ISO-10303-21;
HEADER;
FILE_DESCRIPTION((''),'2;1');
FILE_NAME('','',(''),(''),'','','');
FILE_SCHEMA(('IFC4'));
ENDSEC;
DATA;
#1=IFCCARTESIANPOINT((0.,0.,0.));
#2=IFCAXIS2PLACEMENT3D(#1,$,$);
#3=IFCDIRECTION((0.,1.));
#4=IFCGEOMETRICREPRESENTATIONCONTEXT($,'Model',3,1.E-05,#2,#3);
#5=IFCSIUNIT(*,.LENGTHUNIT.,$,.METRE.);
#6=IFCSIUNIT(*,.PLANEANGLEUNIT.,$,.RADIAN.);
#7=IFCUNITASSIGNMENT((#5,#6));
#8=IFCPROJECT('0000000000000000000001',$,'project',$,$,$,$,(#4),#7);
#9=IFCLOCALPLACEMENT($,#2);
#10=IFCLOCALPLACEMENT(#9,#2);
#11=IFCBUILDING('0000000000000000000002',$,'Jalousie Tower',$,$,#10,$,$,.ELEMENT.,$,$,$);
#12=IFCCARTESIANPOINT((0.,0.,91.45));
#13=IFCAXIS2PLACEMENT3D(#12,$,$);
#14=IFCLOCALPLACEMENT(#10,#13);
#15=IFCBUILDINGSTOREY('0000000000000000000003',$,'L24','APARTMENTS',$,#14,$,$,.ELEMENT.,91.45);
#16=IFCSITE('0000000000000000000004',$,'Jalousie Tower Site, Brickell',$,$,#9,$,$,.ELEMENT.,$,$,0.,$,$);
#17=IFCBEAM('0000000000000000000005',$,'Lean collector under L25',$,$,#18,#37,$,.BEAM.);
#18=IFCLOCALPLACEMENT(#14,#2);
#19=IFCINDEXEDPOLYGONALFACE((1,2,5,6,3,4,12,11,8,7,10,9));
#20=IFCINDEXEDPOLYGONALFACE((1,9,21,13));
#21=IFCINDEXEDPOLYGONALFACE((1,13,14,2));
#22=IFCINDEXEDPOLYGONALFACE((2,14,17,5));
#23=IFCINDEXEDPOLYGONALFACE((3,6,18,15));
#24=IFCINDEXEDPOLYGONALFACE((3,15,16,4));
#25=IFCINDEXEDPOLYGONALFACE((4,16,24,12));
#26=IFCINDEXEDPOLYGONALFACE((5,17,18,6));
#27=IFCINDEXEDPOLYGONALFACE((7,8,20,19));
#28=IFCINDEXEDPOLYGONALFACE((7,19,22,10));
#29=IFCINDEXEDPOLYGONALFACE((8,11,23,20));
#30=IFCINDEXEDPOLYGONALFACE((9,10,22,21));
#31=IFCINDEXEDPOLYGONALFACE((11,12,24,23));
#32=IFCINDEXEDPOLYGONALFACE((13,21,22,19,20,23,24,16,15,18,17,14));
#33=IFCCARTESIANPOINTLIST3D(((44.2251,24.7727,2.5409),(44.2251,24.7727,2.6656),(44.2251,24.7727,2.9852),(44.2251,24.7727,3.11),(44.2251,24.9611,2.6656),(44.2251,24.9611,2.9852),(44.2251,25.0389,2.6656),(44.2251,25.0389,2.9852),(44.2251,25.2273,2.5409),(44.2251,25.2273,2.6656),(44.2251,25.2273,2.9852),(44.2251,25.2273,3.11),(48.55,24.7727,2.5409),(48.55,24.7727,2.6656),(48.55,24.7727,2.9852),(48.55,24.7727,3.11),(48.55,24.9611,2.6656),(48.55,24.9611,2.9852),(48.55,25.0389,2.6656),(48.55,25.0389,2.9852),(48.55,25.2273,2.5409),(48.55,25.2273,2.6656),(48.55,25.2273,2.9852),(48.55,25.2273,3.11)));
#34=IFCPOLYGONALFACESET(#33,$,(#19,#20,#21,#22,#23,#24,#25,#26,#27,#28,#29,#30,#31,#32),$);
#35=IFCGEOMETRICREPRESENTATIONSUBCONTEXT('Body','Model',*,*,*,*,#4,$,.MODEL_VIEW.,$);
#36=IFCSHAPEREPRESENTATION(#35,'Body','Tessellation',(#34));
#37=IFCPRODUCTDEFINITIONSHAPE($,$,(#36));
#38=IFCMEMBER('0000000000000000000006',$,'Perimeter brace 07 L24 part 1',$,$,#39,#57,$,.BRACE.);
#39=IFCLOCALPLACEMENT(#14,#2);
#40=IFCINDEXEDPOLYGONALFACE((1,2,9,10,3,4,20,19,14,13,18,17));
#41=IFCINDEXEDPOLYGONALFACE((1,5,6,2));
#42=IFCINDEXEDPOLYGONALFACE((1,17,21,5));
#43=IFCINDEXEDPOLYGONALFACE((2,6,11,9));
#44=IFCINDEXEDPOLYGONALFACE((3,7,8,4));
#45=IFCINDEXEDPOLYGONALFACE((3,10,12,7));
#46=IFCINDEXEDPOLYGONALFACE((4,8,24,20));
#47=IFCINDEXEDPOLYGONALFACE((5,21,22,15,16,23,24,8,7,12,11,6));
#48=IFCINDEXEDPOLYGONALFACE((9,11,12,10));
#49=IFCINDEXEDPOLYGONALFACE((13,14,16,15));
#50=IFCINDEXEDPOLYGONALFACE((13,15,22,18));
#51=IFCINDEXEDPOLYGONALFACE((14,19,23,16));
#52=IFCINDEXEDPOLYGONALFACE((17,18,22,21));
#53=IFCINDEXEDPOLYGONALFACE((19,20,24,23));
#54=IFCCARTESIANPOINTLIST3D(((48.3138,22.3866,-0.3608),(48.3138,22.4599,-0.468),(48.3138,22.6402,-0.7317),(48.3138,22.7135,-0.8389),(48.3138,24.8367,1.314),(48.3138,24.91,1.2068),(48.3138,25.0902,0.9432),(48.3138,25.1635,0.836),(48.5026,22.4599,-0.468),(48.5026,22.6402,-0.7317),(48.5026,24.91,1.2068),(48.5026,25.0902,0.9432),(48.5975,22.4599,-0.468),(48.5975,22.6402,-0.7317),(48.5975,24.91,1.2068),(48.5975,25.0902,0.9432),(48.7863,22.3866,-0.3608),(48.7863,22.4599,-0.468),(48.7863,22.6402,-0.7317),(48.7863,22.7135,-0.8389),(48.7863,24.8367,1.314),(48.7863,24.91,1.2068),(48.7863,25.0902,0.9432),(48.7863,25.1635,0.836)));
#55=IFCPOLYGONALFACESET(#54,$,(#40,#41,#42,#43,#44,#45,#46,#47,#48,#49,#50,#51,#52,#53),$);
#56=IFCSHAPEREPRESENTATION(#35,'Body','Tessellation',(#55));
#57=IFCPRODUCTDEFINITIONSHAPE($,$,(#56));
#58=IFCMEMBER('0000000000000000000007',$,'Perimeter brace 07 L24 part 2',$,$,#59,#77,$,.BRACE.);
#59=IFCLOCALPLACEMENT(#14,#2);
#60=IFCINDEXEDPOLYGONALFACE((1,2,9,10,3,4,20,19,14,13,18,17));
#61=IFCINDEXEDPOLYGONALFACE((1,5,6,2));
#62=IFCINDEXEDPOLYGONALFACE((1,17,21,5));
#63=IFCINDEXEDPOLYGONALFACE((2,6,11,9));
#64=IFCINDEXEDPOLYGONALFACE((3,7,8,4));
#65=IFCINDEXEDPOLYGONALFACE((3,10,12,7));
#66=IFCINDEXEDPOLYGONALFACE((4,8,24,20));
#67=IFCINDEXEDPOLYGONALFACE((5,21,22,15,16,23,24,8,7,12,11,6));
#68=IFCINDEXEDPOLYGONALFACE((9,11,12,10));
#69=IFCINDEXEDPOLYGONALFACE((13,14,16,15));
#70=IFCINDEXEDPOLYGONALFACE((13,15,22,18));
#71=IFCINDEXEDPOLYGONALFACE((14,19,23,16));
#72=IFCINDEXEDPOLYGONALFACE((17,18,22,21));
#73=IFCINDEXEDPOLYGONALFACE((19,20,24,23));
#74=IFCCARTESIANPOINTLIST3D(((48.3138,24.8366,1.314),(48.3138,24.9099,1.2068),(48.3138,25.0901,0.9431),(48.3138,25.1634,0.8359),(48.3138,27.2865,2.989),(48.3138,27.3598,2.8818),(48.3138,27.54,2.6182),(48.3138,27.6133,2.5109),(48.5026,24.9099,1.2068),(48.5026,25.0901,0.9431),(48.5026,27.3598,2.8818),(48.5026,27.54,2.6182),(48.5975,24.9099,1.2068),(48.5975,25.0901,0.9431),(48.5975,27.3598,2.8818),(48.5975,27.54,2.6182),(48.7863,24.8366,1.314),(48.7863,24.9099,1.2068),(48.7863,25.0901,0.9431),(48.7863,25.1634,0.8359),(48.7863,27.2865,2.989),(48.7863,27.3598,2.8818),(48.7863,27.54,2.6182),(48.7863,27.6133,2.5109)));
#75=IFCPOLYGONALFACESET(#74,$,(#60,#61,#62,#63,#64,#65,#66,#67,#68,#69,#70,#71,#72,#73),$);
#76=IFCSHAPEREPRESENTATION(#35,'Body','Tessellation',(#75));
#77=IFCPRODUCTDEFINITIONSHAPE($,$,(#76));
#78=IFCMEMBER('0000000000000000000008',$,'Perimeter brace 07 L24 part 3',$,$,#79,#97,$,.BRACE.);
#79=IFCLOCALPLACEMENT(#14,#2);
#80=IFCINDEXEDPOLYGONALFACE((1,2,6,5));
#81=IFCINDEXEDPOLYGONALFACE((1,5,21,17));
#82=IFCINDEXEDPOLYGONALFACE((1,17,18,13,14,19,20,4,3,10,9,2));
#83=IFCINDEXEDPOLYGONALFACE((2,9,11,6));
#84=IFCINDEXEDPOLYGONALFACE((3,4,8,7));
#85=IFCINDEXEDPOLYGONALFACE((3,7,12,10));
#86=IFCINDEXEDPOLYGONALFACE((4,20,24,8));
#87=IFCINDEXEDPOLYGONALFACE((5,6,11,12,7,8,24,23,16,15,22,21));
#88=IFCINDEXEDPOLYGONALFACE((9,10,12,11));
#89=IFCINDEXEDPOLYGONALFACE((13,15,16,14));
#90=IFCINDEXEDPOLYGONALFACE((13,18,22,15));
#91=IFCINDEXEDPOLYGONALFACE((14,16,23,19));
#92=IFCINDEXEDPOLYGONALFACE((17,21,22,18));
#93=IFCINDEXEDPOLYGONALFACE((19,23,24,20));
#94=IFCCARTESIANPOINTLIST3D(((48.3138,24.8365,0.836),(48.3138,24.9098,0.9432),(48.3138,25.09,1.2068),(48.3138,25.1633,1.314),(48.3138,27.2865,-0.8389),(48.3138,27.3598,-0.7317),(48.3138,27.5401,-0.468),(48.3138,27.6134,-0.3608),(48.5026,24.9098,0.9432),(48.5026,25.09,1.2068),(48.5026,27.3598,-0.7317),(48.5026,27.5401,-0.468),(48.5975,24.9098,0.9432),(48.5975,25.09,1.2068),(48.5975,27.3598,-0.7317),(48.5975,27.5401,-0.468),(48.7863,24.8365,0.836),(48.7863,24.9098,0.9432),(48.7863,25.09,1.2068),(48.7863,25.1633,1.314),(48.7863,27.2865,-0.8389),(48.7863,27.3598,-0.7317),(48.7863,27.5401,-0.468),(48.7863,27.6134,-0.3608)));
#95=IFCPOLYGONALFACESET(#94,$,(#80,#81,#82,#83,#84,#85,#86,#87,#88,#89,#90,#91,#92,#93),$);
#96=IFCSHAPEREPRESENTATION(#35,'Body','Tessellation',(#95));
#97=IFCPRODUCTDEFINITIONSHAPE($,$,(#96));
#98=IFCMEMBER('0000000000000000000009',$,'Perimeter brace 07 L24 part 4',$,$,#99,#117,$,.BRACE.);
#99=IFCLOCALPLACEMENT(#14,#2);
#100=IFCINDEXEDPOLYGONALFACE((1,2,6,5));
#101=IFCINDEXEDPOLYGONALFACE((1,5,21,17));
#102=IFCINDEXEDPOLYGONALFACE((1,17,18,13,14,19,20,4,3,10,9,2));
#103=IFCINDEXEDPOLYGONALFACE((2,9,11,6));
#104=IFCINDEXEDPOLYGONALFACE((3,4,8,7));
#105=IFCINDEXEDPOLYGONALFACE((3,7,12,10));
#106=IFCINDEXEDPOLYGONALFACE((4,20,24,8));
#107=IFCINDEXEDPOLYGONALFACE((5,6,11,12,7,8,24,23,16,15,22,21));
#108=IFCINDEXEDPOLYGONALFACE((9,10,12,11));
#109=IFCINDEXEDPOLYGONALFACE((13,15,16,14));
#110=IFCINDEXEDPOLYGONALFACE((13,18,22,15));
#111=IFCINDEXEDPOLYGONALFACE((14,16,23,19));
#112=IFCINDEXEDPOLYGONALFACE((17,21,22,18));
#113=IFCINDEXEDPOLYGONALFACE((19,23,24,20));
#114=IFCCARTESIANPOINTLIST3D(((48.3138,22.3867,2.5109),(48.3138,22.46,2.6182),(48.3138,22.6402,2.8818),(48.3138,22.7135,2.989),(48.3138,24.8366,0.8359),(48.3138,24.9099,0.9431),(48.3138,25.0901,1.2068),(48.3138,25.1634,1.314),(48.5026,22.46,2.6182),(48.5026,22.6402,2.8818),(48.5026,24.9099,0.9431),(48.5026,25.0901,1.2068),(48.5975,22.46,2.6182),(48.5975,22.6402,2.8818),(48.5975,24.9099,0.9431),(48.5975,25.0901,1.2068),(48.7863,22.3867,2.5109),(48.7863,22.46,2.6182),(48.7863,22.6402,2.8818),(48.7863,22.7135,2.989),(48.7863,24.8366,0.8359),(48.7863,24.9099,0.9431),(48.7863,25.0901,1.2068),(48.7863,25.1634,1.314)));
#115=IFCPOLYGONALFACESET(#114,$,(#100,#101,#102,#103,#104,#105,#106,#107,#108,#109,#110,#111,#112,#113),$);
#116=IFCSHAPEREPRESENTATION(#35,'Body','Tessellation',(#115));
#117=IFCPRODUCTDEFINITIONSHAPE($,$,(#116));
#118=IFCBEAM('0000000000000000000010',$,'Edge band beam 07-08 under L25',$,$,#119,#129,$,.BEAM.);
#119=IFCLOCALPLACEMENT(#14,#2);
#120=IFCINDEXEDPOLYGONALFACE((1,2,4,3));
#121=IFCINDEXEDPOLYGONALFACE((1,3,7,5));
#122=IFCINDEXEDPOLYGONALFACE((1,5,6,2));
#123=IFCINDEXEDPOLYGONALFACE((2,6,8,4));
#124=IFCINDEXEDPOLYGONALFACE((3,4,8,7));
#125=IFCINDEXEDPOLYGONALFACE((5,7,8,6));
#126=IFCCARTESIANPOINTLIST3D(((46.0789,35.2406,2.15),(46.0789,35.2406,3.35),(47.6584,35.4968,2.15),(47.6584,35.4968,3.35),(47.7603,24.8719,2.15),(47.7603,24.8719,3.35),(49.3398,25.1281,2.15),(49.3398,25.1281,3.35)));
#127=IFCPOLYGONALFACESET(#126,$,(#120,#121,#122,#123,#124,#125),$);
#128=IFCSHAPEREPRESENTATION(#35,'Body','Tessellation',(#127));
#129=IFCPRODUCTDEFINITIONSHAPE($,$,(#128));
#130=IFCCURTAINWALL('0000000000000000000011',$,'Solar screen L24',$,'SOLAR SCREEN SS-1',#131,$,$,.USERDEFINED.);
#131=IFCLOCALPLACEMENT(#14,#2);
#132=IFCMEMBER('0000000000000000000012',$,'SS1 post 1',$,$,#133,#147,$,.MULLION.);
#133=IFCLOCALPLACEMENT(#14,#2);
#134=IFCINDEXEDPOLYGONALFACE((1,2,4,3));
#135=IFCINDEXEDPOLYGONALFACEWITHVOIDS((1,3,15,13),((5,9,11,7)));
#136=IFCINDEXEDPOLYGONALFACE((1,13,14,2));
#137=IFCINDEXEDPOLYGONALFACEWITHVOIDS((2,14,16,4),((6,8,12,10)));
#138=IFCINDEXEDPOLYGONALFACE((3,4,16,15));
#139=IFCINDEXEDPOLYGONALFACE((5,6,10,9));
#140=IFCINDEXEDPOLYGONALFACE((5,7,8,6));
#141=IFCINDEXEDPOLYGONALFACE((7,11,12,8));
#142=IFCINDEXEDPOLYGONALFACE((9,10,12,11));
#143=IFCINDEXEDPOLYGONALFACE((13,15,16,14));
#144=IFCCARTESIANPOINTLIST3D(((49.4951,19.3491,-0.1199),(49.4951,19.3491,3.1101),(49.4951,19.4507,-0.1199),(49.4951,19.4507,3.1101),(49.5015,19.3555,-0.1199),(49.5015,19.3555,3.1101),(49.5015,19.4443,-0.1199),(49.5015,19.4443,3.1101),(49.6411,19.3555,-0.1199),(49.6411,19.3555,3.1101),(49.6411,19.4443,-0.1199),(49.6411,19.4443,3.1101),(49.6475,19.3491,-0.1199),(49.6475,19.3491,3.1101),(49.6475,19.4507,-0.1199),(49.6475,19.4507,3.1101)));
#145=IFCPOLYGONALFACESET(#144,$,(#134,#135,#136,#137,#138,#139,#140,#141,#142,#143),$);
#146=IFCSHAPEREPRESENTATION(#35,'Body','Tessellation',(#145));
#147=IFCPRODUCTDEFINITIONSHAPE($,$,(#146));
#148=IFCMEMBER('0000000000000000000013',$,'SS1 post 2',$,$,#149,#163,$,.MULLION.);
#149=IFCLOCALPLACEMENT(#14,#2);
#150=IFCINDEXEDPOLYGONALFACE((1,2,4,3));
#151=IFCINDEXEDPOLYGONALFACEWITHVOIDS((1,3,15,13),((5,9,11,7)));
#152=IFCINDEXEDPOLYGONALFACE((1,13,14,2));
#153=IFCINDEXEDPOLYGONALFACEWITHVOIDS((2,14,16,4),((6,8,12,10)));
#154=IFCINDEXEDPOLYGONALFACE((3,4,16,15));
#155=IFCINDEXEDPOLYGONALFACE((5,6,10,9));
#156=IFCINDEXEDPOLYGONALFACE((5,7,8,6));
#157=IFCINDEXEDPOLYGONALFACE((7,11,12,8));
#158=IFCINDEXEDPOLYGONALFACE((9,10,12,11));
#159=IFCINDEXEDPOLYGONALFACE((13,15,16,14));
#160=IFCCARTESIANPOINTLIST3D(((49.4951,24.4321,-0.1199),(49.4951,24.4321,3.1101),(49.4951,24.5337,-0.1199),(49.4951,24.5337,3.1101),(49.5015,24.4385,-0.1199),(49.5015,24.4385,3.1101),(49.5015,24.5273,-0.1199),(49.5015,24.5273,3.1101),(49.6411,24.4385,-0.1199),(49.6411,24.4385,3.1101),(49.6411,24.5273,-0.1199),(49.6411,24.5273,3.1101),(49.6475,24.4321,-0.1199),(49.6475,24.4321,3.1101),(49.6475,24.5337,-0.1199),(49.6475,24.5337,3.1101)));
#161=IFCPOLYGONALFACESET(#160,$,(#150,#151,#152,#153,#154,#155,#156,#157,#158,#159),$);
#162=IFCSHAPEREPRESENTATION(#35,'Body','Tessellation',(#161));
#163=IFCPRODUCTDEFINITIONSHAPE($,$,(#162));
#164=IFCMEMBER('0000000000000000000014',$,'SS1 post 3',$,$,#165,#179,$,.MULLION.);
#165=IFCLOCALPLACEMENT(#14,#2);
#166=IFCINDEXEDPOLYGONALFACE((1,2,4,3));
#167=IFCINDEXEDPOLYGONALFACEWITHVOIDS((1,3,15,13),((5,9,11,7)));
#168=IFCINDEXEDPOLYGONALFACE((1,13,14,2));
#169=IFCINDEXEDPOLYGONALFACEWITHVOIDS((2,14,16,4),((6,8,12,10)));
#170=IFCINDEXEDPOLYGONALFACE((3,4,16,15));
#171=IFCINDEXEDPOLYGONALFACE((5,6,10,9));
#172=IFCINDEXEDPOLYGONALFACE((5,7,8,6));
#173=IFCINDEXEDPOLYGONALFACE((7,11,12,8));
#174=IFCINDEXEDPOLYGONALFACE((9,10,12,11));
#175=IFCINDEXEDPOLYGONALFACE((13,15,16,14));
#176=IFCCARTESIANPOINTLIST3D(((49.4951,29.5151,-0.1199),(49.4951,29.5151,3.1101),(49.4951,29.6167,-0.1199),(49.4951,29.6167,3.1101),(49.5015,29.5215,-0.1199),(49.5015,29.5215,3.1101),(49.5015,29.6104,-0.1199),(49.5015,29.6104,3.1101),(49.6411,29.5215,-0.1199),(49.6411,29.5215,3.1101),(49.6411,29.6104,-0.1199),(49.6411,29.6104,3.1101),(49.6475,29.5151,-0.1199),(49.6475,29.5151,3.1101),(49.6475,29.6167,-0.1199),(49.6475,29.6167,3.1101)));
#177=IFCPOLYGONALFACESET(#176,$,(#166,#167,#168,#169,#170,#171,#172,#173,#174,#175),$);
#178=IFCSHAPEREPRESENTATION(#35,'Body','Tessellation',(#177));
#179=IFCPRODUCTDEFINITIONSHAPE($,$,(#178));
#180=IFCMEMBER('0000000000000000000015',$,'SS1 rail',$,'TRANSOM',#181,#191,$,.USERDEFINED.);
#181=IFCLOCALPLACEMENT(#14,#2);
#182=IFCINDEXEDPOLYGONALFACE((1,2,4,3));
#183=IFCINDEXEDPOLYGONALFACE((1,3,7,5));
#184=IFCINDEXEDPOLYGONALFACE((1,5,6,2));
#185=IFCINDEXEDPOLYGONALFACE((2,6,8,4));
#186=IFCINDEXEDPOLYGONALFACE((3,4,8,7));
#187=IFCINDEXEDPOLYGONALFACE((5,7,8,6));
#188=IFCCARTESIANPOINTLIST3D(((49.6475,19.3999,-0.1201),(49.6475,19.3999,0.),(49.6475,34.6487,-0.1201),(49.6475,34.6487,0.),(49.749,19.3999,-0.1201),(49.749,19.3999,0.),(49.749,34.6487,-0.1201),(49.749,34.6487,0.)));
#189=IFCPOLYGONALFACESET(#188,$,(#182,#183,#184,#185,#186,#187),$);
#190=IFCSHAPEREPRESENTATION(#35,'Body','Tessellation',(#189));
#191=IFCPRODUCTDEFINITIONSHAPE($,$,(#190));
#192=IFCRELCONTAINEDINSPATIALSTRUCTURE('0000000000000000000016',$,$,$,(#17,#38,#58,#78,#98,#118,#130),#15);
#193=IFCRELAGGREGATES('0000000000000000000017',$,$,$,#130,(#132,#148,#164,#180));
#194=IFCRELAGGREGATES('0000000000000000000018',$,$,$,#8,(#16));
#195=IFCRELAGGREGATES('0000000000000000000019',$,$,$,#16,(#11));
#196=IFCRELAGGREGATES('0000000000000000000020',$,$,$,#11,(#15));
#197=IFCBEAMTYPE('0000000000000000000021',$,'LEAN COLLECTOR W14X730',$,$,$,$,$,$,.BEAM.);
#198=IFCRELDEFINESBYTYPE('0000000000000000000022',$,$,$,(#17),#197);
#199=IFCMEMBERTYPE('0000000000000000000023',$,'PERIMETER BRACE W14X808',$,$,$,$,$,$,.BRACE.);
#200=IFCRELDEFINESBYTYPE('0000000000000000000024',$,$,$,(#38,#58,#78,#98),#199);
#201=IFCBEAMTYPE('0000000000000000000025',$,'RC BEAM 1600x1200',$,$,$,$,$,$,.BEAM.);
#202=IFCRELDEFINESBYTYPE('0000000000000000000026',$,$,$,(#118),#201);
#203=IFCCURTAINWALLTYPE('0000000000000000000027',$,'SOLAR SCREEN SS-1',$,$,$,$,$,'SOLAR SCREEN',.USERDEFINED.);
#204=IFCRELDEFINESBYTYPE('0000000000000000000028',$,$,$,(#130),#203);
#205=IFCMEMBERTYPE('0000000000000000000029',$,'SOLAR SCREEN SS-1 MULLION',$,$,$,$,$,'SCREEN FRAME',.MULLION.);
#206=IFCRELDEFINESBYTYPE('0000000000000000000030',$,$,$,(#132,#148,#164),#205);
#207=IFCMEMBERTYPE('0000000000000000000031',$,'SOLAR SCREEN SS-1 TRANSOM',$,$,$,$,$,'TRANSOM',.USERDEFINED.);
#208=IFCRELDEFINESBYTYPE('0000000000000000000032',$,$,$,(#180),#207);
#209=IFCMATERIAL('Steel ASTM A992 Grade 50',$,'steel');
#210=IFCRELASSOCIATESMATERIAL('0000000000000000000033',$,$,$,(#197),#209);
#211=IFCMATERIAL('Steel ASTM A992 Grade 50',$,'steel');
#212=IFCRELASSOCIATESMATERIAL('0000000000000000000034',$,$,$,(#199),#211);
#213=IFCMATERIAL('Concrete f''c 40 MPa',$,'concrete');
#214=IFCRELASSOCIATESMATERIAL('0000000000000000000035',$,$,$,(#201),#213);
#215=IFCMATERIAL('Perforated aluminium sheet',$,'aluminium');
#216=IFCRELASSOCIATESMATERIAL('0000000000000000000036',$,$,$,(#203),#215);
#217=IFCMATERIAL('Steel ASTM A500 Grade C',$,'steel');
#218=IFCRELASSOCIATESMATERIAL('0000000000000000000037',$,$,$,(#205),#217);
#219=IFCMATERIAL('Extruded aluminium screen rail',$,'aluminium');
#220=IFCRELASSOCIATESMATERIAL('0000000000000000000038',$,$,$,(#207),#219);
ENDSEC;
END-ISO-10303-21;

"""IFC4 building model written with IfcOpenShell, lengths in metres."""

from ifc_helpers import new_model, si_unit, direction, frame, origin, origin_2d, place, context, subcontext, project, spatial, rectangle, hollow_rectangle, i_section, extrude, material, material_profile, profile_set, type_object, element, aggregate, save


model = new_model("IFC4")

# Units and contexts
model_context = context("Model", 3, precision=1e-05, world=origin(), true_north=direction((0.0, 1.0)))
body_context = subcontext(model_context, "Body", "Model", "MODEL_VIEW")
ifc_project = project(units=[si_unit("LENGTHUNIT", "METRE"), si_unit("PLANEANGLEUNIT", "RADIAN")], contexts=[model_context])

# Site, building, storey
site_placement = place(None, origin())
site = spatial("IfcSite", under=ifc_project, at=site_placement, Name="Jalousie Tower Site, Brickell", CompositionType="ELEMENT", RefElevation=0.0)
building_placement = place(site_placement, origin())
building = spatial("IfcBuilding", under=site, at=building_placement, Name="Jalousie Tower", CompositionType="ELEMENT")
storey_placement = place(building_placement, frame((0.0, 0.0, 91.45)))
storey = spatial("IfcBuildingStorey", under=building, at=storey_placement, Name="L24", Description="APARTMENTS", CompositionType="ELEMENT", Elevation=91.45)

# Beam
ifc_material_1 = material(Name="Steel ASTM A992 Grade 50", Category="steel")
ifc_material_profile_1 = material_profile(ifc_material_1, i_section(OverallWidth=0.4546, OverallDepth=0.5691, WebThickness=0.0779, FlangeThickness=0.1248, at=origin_2d()), Name="W14X730")
ifc_profile_set_1 = profile_set([ifc_material_profile_1], Name="Steel ASTM A992 Grade 50")
beam_type_1 = type_object("IfcBeamType", Name="LEAN COLLECTOR W14X730", PredefinedType="BEAM", material=ifc_profile_set_1)
beam_1_placement = place(storey_placement, frame((48.55, 25.0, 2.8254), z_axis=(-1.0, 0.0, 0.0), x_axis=(0.0, -1.0, 0.0)))
element("IfcBeam", 1, at=beam_1_placement, inside=storey, type_object=beam_type_1, Name="Lean collector under L25", PredefinedType="BEAM", context=body_context, shape_type="SweptSolid", body=[
    extrude(i_section(OverallWidth=0.4546, OverallDepth=0.5691, WebThickness=0.0779, FlangeThickness=0.1248, at=origin_2d()), origin(), (0.0, 0.0, 1.0), 4.325),
])

# Members
ifc_material_2 = material(Name="Steel ASTM A992 Grade 50", Category="steel")
ifc_material_profile_2 = material_profile(ifc_material_2, i_section(OverallWidth=0.4724, OverallDepth=0.5791, WebThickness=0.095, FlangeThickness=0.1299, at=origin_2d()), Name="W14X808")
ifc_profile_set_2 = profile_set([ifc_material_profile_2], Name="Steel ASTM A992 Grade 50")
member_type_1 = type_object("IfcMemberType", Name="PERIMETER BRACE W14X808", PredefinedType="BRACE", material=ifc_profile_set_2)
for number, where, z_axis, x_axis, name in (
    (2, (48.55, 22.55, -0.5999), (0.0, 0.825539, 0.564345), (-1.0, 0.0, 0.0), "Perimeter brace 07 L24 part 1"),
    (3, (48.55, 25.0, 1.075), (0.0, 0.825501, 0.564401), (-1.0, 0.0, 0.0), "Perimeter brace 07 L24 part 2"),
    (4, (48.55, 27.45, -0.5999), (0.0, -0.825539, 0.564345), (1.0, 0.0, 0.0), "Perimeter brace 07 L24 part 3"),
    (5, (48.55, 25.0, 1.075), (0.0, -0.825501, 0.564401), (1.0, 0.0, 0.0), "Perimeter brace 07 L24 part 4"),
):
    element("IfcMember", number, at=place(storey_placement, frame(where, z_axis=z_axis, x_axis=x_axis)), inside=storey, type_object=member_type_1, Name=name, PredefinedType="BRACE", context=body_context, shape_type="SweptSolid", body=[
        extrude(i_section(OverallWidth=0.4724, OverallDepth=0.5791, WebThickness=0.095, FlangeThickness=0.1299, at=origin_2d()), origin(), (0.0, 0.0, 1.0), 2.9678),
    ])

# Beam
ifc_material_3 = material(Name="Concrete f'c 40 MPa", Category="concrete")
ifc_material_profile_3 = material_profile(ifc_material_3, rectangle(XDim=1.6001, YDim=1.2, at=origin_2d()), Name="RC 1600x1200")
ifc_profile_set_3 = profile_set([ifc_material_profile_3], Name="Concrete f'c 40 MPa")
beam_type_2 = type_object("IfcBeamType", Name="RC BEAM 1600x1200", PredefinedType="BEAM", material=ifc_profile_set_3)
beam_2_placement = place(storey_placement, frame((48.55, 25.0, 2.75), z_axis=(-0.160071, 0.987106, 0.0), x_axis=(-0.987106, -0.160071, 0.0)))
element("IfcBeam", 6, at=beam_2_placement, inside=storey, type_object=beam_type_2, Name="Edge band beam 07-08 under L25", PredefinedType="BEAM", context=body_context, shape_type="SweptSolid", body=[
    extrude(rectangle(XDim=1.6001, YDim=1.2, at=origin_2d()), origin(), (0.0, 0.0, 1.0), 10.5042),
])

# Curtain wall, members
ifc_material_4 = material(Name="Perforated aluminium sheet", Category="aluminium")
curtain_wall_type = type_object("IfcCurtainWallType", Name="SOLAR SCREEN SS-1", ElementType="SOLAR SCREEN", PredefinedType="USERDEFINED", material=ifc_material_4)
curtain_wall_placement = place(storey_placement, origin())
curtain_wall = element("IfcCurtainWall", 7, at=curtain_wall_placement, inside=storey, type_object=curtain_wall_type, Name="Solar screen L24", ObjectType="SOLAR SCREEN SS-1", PredefinedType="USERDEFINED")
ifc_material_5 = material(Name="Steel ASTM A500 Grade C", Category="steel")
ifc_material_profile_4 = material_profile(ifc_material_5, hollow_rectangle(XDim=0.1016, YDim=0.1523, WallThickness=0.0063, at=origin_2d()), Name="HSS6X4X1/4")
ifc_profile_set_4 = profile_set([ifc_material_profile_4], Name="Steel ASTM A500 Grade C")
member_type_2 = type_object("IfcMemberType", Name="SOLAR SCREEN SS-1 MULLION", ElementType="SCREEN FRAME", PredefinedType="MULLION", material=ifc_profile_set_4)
member_1_placement = place(storey_placement, frame((49.5713, 19.3999, -0.1199), z_axis=(0.0, 0.0, 1.0), x_axis=(0.0, 1.0, 0.0)))
member_1 = element("IfcMember", 8, at=member_1_placement, type_object=member_type_2, Name="SS1 post 1", PredefinedType="MULLION", context=body_context, shape_type="SweptSolid", body=[
    extrude(hollow_rectangle(XDim=0.1016, YDim=0.1523, WallThickness=0.0063, at=origin_2d()), origin(), (0.0, 0.0, 1.0), 3.23),
])
member_2_placement = place(storey_placement, frame((49.5713, 24.4829, -0.1199), z_axis=(0.0, 0.0, 1.0), x_axis=(0.0, 1.0, 0.0)))
member_2 = element("IfcMember", 9, at=member_2_placement, type_object=member_type_2, Name="SS1 post 2", PredefinedType="MULLION", context=body_context, shape_type="SweptSolid", body=[
    extrude(hollow_rectangle(XDim=0.1016, YDim=0.1523, WallThickness=0.0063, at=origin_2d()), origin(), (0.0, 0.0, 1.0), 3.23),
])
member_3_placement = place(storey_placement, frame((49.5713, 29.5659, -0.1199), z_axis=(0.0, 0.0, 1.0), x_axis=(0.0, 1.0, 0.0)))
member_3 = element("IfcMember", 10, at=member_3_placement, type_object=member_type_2, Name="SS1 post 3", PredefinedType="MULLION", context=body_context, shape_type="SweptSolid", body=[
    extrude(hollow_rectangle(XDim=0.1016, YDim=0.1523, WallThickness=0.0063, at=origin_2d()), origin(), (0.0, 0.0, 1.0), 3.23),
])
ifc_material_6 = material(Name="Extruded aluminium screen rail", Category="aluminium")
ifc_material_profile_5 = material_profile(ifc_material_6, rectangle(XDim=0.1016, YDim=0.1201, at=origin_2d()), Name="RAIL 102x120")
ifc_profile_set_5 = profile_set([ifc_material_profile_5], Name="Extruded aluminium screen rail")
member_type_3 = type_object("IfcMemberType", Name="SOLAR SCREEN SS-1 TRANSOM", ElementType="TRANSOM", PredefinedType="USERDEFINED", material=ifc_profile_set_5)
member_4_placement = place(storey_placement, frame((49.6982, 19.3999, -0.0601), z_axis=(0.0, 1.0, 0.0), x_axis=(-1.0, 0.0, 0.0)))
member_4 = element("IfcMember", 11, at=member_4_placement, type_object=member_type_3, Name="SS1 rail", ObjectType="TRANSOM", PredefinedType="USERDEFINED", context=body_context, shape_type="SweptSolid", body=[
    extrude(rectangle(XDim=0.1016, YDim=0.1201, at=origin_2d()), origin(), (0.0, 0.0, 1.0), 15.2488),
])
aggregate(curtain_wall, [member_1, member_2, member_3, member_4])

save(model, "model.ifc")
